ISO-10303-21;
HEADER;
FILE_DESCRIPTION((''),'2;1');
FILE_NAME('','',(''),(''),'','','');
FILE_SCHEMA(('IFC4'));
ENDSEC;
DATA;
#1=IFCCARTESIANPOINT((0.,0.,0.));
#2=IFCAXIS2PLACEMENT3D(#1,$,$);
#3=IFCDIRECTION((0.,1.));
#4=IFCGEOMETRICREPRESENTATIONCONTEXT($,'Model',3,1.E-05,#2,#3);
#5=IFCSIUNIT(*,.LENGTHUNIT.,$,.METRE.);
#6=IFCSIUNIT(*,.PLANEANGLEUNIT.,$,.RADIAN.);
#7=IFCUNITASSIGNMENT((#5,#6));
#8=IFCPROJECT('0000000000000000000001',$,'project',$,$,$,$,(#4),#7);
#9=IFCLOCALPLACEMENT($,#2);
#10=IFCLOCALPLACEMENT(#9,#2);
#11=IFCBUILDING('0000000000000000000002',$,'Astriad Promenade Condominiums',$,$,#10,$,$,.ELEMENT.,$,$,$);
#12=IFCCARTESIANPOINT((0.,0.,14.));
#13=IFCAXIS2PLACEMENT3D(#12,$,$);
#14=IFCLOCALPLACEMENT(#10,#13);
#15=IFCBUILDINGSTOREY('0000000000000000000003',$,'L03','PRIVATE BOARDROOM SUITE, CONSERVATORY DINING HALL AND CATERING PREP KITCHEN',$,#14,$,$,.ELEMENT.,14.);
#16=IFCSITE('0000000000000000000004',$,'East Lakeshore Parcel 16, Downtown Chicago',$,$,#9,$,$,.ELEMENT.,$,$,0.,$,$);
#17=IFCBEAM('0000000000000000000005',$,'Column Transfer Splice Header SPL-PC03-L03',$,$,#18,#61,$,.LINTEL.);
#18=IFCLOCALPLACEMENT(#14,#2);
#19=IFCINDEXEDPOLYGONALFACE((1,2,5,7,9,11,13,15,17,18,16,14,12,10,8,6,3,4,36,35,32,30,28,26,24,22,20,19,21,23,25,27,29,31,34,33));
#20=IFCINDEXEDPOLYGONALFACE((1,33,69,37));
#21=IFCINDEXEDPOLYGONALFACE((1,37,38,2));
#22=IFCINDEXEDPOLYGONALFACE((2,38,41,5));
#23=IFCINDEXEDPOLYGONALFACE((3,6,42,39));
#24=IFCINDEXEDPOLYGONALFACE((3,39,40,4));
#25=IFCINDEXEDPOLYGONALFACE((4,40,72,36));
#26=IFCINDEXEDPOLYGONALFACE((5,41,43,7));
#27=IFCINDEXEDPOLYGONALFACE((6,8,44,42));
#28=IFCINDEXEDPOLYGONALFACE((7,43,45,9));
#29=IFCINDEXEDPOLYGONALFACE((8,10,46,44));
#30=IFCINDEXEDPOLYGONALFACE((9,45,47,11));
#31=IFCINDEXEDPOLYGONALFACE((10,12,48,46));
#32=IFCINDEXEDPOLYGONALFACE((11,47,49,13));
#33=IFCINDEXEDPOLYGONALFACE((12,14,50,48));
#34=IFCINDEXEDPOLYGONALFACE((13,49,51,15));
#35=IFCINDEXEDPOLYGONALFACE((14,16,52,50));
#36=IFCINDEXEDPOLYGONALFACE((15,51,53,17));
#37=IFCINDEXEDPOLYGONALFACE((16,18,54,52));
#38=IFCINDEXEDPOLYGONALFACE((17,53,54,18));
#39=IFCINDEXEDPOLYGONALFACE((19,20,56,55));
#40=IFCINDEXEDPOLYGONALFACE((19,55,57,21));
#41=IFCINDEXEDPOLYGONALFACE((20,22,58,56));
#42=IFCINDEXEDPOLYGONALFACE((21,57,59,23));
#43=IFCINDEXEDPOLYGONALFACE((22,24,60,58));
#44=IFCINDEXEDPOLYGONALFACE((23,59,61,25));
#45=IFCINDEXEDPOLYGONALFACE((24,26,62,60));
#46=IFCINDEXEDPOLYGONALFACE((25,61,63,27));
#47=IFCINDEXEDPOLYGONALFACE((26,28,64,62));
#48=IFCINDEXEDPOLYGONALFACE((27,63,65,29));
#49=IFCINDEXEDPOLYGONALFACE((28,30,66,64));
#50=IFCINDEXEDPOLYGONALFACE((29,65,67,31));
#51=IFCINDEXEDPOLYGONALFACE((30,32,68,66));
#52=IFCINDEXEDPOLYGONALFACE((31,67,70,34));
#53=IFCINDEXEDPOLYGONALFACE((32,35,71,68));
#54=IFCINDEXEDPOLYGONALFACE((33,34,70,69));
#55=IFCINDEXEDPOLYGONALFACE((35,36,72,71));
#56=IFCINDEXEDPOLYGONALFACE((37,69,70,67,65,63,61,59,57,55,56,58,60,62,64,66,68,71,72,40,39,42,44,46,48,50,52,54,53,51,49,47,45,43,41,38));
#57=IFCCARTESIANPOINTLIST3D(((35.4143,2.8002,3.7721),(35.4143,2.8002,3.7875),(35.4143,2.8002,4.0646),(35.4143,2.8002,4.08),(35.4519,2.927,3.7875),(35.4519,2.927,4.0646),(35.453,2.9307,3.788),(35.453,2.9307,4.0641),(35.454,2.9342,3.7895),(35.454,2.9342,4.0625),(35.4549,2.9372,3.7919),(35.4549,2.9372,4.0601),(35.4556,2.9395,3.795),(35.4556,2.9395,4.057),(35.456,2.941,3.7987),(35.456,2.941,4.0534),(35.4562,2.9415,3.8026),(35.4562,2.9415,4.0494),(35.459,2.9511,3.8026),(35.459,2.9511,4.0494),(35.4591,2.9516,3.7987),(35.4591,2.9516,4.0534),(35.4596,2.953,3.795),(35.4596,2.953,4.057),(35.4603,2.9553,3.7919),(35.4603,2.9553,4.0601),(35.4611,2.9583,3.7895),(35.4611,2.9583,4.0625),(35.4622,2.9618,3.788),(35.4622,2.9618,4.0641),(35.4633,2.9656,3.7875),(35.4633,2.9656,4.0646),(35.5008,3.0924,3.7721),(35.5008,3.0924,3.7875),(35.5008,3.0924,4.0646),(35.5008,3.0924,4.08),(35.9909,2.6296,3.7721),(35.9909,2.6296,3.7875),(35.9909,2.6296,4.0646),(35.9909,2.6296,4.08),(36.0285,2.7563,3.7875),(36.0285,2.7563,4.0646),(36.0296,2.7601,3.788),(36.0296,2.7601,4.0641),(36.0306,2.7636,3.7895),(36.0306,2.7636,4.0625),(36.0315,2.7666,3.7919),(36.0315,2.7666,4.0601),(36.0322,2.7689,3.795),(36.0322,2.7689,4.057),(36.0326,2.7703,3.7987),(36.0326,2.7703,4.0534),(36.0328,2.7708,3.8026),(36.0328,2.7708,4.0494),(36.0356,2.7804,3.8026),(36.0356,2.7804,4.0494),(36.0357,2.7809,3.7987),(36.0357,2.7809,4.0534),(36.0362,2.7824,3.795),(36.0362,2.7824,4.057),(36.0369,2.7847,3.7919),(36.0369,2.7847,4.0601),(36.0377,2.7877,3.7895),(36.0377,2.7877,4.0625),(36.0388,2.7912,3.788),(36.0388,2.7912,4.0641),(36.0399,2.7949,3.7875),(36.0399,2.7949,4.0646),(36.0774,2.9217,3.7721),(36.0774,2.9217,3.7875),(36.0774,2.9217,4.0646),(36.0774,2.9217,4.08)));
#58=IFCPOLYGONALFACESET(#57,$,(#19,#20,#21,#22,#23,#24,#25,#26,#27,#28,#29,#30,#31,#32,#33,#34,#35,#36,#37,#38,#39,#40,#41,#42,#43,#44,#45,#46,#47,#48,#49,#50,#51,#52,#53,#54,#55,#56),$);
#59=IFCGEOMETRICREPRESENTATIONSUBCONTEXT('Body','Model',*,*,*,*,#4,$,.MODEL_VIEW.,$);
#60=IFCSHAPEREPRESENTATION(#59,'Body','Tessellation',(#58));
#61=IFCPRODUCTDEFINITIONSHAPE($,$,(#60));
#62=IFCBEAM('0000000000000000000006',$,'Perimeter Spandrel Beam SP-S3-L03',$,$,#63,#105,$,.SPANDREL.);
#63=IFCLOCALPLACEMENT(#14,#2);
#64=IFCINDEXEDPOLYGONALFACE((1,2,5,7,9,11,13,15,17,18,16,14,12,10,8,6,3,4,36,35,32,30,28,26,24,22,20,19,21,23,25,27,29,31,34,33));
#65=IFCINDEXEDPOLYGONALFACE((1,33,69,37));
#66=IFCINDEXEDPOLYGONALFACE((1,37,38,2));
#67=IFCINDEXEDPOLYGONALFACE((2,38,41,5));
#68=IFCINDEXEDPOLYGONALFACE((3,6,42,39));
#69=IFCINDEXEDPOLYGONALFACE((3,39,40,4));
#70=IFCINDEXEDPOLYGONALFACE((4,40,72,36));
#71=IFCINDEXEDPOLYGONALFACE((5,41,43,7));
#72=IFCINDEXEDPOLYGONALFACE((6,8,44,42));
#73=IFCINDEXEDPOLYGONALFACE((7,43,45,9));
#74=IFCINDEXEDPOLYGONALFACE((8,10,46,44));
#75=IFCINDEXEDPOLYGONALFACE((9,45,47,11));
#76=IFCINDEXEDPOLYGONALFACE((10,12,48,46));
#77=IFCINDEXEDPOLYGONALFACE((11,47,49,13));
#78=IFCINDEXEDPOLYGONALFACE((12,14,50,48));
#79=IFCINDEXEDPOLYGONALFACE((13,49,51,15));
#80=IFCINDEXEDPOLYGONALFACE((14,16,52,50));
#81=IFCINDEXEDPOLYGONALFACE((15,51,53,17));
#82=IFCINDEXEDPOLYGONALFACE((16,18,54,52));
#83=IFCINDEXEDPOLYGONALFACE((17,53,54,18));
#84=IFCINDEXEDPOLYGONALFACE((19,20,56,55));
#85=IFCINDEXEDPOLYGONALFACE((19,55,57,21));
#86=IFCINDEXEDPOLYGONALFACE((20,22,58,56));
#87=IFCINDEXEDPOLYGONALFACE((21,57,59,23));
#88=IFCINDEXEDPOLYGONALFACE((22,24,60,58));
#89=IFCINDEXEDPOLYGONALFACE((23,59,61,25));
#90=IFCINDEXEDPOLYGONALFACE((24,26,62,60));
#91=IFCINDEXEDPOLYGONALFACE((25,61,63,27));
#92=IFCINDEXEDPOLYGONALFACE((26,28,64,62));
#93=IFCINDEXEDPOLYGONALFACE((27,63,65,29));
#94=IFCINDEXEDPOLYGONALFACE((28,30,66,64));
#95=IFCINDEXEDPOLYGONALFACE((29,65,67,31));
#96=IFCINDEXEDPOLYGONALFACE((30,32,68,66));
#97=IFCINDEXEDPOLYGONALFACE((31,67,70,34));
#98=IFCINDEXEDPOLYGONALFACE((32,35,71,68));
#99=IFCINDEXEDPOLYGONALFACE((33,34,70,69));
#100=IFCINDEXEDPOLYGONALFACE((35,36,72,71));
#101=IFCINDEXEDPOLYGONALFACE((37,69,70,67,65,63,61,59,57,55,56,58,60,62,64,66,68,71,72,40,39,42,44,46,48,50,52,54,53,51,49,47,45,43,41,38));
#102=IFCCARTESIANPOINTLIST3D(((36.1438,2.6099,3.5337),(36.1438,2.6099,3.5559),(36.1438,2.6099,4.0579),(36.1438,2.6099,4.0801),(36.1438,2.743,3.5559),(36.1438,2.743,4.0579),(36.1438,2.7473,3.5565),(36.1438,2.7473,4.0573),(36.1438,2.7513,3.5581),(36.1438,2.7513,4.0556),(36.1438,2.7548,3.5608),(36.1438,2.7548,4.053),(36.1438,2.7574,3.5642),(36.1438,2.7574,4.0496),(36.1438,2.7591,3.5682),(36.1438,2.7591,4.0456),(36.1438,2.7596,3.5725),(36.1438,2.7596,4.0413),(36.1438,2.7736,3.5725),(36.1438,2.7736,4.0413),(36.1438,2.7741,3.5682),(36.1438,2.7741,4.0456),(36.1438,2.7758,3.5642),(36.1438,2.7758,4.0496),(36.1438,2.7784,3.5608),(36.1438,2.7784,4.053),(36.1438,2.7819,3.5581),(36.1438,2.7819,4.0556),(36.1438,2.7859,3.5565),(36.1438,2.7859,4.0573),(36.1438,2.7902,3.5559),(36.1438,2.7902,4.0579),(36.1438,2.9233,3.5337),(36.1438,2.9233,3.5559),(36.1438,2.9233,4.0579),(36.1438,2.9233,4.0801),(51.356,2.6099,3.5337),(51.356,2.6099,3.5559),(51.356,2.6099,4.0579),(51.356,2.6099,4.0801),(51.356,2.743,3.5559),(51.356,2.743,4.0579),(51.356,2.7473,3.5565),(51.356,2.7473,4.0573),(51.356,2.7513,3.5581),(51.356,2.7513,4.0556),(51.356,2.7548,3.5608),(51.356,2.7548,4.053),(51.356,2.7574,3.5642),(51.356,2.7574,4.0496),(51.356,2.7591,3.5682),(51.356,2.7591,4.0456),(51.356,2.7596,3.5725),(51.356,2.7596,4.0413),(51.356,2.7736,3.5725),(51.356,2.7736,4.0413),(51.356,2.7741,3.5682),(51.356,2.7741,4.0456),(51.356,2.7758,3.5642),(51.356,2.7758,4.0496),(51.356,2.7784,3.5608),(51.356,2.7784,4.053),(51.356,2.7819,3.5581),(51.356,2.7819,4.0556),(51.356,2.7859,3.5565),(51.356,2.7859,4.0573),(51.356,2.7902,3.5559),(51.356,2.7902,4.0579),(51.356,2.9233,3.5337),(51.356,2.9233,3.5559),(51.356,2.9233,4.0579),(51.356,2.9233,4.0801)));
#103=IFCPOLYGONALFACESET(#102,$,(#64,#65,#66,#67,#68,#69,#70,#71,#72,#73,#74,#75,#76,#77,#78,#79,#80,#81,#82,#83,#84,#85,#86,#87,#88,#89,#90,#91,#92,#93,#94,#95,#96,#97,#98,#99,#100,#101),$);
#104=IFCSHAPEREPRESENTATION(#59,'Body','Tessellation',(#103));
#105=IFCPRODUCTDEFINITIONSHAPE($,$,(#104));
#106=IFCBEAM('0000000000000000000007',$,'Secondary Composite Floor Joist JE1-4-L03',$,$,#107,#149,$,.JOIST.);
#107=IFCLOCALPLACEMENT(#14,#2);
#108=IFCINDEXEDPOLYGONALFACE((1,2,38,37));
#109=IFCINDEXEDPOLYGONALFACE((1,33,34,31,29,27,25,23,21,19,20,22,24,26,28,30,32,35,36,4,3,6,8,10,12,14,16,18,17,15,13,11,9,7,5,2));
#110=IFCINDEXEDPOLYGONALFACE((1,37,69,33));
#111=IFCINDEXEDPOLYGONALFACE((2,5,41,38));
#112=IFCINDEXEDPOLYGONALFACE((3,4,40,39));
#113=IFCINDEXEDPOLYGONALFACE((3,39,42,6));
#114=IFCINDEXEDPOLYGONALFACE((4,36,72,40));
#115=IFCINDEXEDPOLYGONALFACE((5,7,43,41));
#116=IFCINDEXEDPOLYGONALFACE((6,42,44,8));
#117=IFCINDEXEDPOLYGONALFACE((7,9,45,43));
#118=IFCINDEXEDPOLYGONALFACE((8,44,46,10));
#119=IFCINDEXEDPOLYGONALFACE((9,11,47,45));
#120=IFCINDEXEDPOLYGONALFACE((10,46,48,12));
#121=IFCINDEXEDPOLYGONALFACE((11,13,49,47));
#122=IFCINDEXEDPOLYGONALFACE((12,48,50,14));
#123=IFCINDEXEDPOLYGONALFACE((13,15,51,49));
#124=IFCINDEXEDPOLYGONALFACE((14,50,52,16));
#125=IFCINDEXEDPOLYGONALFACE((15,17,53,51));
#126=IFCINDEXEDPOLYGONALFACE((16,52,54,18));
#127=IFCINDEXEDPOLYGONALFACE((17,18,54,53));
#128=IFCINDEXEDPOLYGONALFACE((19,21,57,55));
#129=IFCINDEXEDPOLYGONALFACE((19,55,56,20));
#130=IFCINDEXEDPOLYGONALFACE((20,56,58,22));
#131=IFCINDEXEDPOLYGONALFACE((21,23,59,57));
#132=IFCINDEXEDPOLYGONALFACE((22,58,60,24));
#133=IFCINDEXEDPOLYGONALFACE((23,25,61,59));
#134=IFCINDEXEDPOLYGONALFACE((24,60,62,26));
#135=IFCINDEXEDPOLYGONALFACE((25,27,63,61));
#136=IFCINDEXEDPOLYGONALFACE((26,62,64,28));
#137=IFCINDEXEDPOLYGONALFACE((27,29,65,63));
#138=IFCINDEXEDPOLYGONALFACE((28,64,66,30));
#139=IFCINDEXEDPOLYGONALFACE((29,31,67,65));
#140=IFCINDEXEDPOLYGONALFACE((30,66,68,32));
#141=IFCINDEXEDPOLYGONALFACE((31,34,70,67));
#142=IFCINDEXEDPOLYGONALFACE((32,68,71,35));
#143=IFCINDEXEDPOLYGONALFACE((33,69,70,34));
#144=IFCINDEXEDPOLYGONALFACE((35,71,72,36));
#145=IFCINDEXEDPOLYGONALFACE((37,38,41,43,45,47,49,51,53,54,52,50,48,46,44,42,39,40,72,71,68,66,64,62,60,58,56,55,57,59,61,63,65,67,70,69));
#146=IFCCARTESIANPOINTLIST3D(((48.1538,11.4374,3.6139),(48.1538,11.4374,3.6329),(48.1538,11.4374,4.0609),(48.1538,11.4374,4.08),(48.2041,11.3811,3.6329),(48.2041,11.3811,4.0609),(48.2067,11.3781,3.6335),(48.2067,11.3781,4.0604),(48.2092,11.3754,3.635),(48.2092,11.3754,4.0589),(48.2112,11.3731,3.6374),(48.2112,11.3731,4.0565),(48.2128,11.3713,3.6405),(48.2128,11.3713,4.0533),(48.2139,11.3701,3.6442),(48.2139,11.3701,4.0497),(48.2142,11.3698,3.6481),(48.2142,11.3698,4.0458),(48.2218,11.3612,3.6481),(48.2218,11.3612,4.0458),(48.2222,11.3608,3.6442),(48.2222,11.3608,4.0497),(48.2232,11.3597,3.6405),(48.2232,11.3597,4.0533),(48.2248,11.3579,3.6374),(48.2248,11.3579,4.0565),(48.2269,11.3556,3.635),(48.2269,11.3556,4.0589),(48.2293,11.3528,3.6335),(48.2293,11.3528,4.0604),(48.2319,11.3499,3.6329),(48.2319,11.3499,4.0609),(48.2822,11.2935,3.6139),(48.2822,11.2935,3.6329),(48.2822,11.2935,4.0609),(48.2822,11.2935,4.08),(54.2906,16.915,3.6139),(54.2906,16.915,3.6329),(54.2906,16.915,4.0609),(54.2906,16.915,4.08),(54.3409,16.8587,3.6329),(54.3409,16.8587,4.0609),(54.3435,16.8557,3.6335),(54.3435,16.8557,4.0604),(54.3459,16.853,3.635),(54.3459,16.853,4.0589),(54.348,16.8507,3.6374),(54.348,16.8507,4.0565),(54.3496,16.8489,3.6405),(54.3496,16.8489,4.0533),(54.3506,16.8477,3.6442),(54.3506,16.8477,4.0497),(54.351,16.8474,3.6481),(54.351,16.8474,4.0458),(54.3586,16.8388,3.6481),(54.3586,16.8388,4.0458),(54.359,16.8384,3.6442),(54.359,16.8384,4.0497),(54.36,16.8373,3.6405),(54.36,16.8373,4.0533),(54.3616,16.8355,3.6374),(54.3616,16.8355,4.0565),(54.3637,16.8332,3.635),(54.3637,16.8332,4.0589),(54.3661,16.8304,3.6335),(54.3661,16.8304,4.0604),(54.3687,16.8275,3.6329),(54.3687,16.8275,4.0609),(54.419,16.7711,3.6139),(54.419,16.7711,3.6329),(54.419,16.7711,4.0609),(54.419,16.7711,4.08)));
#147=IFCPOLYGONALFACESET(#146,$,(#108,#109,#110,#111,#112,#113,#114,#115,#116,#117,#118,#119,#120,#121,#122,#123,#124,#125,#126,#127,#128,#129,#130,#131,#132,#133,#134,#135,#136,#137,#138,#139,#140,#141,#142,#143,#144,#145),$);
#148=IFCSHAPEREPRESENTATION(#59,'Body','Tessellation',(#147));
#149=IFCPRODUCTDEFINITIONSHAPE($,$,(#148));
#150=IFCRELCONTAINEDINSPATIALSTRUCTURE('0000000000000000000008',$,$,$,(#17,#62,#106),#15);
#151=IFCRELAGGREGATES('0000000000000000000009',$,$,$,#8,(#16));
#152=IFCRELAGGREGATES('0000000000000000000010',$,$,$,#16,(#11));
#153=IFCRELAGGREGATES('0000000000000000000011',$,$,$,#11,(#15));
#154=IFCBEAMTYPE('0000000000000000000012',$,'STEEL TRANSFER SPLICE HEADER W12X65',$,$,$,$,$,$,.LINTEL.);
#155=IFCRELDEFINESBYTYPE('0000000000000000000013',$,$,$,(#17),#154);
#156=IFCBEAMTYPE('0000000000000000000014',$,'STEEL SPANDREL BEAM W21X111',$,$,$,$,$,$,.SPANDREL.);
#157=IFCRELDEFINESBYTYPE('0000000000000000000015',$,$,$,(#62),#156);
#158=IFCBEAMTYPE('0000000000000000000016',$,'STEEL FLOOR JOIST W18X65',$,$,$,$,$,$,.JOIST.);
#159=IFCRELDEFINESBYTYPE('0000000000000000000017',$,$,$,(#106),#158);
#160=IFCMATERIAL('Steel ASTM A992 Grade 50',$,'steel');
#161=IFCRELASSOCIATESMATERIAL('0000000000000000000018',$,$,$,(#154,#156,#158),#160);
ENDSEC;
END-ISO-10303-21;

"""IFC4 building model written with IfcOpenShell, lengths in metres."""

from ifc_helpers import new_model, si_unit, direction, frame, origin, origin_2d, place, context, subcontext, project, spatial, i_section, extrude, source, transform, mapped, material, material_profile, profile_set, type_object, type_shapes, element, save


model = new_model("IFC4")

# Units and contexts
model_context = context("Model", 3, precision=1e-05, world=origin(), true_north=direction((0.0, 1.0)))
body_context = subcontext(model_context, "Body", "Model", "MODEL_VIEW")
ifc_project = project(units=[si_unit("LENGTHUNIT", "METRE"), si_unit("PLANEANGLEUNIT", "RADIAN")], contexts=[model_context])

# Site, building, storey
site_placement = place(None, origin())
site = spatial("IfcSite", under=ifc_project, at=site_placement, Name="East Lakeshore Parcel 16, Downtown Chicago", CompositionType="ELEMENT", RefElevation=0.0)
building_placement = place(site_placement, origin())
building = spatial("IfcBuilding", under=site, at=building_placement, Name="Astriad Promenade Condominiums", CompositionType="ELEMENT")
storey_placement = place(building_placement, frame((0.0, 0.0, 14.0)))
storey = spatial("IfcBuildingStorey", under=building, at=storey_placement, Name="L03", Description="PRIVATE BOARDROOM SUITE, CONSERVATORY DINING HALL AND CATERING PREP KITCHEN", CompositionType="ELEMENT", Elevation=14.0)

# Shared definitions
ifc_material_1 = material(Name="Steel ASTM A992 Grade 50", Category="steel")

# Beams
ifc_material_profile_1 = material_profile(ifc_material_1, i_section(OverallWidth=0.3047, OverallDepth=0.3079, WebThickness=0.01, FlangeThickness=0.0154, FilletRadius=0.0151, at=origin_2d()), Name="W12X65")
ifc_profile_set_1 = profile_set([ifc_material_profile_1], Name="Steel ASTM A992 Grade 50")
beam_type_1 = type_object("IfcBeamType", Name="STEEL TRANSFER SPLICE HEADER W12X65", PredefinedType="LINTEL", material=ifc_profile_set_1)
shared_shape_1 = source(origin(), body_context, "Body", "SweptSolid", [
    extrude(i_section(OverallWidth=0.3047, OverallDepth=0.3079, WebThickness=0.01, FlangeThickness=0.0154, FilletRadius=0.0151, at=origin_2d()), origin(), (0.0, 0.0, 1.0), 0.6013),
])
type_shapes(beam_type_1, [shared_shape_1])
beam_1_placement = place(storey_placement, frame((36.0342, 2.7756, 3.926), z_axis=(-0.958892, 0.28377, 0.0), x_axis=(-0.28377, -0.958892, 0.0)))
element("IfcBeam", 1, at=beam_1_placement, inside=storey, type_object=beam_type_1, Name="Column Transfer Splice Header SPL-PC03-L03", PredefinedType="LINTEL", context=body_context, shape_type="MappedRepresentation", body=[
    mapped(shared_shape_1, transform((0.0, 0.0, 0.0), scale=1.0)),
])
ifc_material_profile_2 = material_profile(ifc_material_1, i_section(OverallWidth=0.3135, OverallDepth=0.5464, WebThickness=0.0139, FlangeThickness=0.0222, FilletRadius=0.0166, at=origin_2d()), Name="W21X111")
ifc_profile_set_2 = profile_set([ifc_material_profile_2], Name="Steel ASTM A992 Grade 50")
beam_type_2 = type_object("IfcBeamType", Name="STEEL SPANDREL BEAM W21X111", PredefinedType="SPANDREL", material=ifc_profile_set_2)
shared_shape_2 = source(origin(), body_context, "Body", "SweptSolid", [
    extrude(i_section(OverallWidth=0.3135, OverallDepth=0.5464, WebThickness=0.0139, FlangeThickness=0.0222, FilletRadius=0.0166, at=origin_2d()), origin(), (0.0, 0.0, 1.0), 15.2122),
])
type_shapes(beam_type_2, [shared_shape_2])
beam_2_placement = place(storey_placement, frame((36.1438, 2.7666, 3.8069), z_axis=(1.0, 0.0, 0.0), x_axis=(0.0, 1.0, 0.0)))
element("IfcBeam", 2, at=beam_2_placement, inside=storey, type_object=beam_type_2, Name="Perimeter Spandrel Beam SP-S3-L03", PredefinedType="SPANDREL", context=body_context, shape_type="MappedRepresentation", body=[
    mapped(shared_shape_2, transform((0.0, 0.0, 0.0), scale=1.0)),
])
ifc_material_profile_3 = material_profile(ifc_material_1, i_section(OverallWidth=0.1929, OverallDepth=0.4661, WebThickness=0.0115, FlangeThickness=0.019, FilletRadius=0.0151, at=origin_2d()), Name="W18X65")
ifc_profile_set_3 = profile_set([ifc_material_profile_3], Name="Steel ASTM A992 Grade 50")
beam_type_3 = type_object("IfcBeamType", Name="STEEL FLOOR JOIST W18X65", PredefinedType="JOIST", material=ifc_profile_set_3)
shared_shape_3 = source(origin(), body_context, "Body", "SweptSolid", [
    extrude(i_section(OverallWidth=0.1929, OverallDepth=0.4661, WebThickness=0.0115, FlangeThickness=0.019, FilletRadius=0.0151, at=origin_2d()), origin(), (0.0, 0.0, 1.0), 8.2258),
])
beam_3_placement = place(storey_placement, frame((48.218, 11.3655, 3.8469), z_axis=(0.746039, 0.665903, 0.0), x_axis=(-0.665903, 0.746039, 0.0)))
element("IfcBeam", 3, at=beam_3_placement, inside=storey, type_object=beam_type_3, Name="Secondary Composite Floor Joist JE1-4-L03", PredefinedType="JOIST", context=body_context, shape_type="MappedRepresentation", body=[
    mapped(shared_shape_3, transform((0.0, 0.0, 0.0), scale=1.0)),
])

save(model, "model.ifc")
